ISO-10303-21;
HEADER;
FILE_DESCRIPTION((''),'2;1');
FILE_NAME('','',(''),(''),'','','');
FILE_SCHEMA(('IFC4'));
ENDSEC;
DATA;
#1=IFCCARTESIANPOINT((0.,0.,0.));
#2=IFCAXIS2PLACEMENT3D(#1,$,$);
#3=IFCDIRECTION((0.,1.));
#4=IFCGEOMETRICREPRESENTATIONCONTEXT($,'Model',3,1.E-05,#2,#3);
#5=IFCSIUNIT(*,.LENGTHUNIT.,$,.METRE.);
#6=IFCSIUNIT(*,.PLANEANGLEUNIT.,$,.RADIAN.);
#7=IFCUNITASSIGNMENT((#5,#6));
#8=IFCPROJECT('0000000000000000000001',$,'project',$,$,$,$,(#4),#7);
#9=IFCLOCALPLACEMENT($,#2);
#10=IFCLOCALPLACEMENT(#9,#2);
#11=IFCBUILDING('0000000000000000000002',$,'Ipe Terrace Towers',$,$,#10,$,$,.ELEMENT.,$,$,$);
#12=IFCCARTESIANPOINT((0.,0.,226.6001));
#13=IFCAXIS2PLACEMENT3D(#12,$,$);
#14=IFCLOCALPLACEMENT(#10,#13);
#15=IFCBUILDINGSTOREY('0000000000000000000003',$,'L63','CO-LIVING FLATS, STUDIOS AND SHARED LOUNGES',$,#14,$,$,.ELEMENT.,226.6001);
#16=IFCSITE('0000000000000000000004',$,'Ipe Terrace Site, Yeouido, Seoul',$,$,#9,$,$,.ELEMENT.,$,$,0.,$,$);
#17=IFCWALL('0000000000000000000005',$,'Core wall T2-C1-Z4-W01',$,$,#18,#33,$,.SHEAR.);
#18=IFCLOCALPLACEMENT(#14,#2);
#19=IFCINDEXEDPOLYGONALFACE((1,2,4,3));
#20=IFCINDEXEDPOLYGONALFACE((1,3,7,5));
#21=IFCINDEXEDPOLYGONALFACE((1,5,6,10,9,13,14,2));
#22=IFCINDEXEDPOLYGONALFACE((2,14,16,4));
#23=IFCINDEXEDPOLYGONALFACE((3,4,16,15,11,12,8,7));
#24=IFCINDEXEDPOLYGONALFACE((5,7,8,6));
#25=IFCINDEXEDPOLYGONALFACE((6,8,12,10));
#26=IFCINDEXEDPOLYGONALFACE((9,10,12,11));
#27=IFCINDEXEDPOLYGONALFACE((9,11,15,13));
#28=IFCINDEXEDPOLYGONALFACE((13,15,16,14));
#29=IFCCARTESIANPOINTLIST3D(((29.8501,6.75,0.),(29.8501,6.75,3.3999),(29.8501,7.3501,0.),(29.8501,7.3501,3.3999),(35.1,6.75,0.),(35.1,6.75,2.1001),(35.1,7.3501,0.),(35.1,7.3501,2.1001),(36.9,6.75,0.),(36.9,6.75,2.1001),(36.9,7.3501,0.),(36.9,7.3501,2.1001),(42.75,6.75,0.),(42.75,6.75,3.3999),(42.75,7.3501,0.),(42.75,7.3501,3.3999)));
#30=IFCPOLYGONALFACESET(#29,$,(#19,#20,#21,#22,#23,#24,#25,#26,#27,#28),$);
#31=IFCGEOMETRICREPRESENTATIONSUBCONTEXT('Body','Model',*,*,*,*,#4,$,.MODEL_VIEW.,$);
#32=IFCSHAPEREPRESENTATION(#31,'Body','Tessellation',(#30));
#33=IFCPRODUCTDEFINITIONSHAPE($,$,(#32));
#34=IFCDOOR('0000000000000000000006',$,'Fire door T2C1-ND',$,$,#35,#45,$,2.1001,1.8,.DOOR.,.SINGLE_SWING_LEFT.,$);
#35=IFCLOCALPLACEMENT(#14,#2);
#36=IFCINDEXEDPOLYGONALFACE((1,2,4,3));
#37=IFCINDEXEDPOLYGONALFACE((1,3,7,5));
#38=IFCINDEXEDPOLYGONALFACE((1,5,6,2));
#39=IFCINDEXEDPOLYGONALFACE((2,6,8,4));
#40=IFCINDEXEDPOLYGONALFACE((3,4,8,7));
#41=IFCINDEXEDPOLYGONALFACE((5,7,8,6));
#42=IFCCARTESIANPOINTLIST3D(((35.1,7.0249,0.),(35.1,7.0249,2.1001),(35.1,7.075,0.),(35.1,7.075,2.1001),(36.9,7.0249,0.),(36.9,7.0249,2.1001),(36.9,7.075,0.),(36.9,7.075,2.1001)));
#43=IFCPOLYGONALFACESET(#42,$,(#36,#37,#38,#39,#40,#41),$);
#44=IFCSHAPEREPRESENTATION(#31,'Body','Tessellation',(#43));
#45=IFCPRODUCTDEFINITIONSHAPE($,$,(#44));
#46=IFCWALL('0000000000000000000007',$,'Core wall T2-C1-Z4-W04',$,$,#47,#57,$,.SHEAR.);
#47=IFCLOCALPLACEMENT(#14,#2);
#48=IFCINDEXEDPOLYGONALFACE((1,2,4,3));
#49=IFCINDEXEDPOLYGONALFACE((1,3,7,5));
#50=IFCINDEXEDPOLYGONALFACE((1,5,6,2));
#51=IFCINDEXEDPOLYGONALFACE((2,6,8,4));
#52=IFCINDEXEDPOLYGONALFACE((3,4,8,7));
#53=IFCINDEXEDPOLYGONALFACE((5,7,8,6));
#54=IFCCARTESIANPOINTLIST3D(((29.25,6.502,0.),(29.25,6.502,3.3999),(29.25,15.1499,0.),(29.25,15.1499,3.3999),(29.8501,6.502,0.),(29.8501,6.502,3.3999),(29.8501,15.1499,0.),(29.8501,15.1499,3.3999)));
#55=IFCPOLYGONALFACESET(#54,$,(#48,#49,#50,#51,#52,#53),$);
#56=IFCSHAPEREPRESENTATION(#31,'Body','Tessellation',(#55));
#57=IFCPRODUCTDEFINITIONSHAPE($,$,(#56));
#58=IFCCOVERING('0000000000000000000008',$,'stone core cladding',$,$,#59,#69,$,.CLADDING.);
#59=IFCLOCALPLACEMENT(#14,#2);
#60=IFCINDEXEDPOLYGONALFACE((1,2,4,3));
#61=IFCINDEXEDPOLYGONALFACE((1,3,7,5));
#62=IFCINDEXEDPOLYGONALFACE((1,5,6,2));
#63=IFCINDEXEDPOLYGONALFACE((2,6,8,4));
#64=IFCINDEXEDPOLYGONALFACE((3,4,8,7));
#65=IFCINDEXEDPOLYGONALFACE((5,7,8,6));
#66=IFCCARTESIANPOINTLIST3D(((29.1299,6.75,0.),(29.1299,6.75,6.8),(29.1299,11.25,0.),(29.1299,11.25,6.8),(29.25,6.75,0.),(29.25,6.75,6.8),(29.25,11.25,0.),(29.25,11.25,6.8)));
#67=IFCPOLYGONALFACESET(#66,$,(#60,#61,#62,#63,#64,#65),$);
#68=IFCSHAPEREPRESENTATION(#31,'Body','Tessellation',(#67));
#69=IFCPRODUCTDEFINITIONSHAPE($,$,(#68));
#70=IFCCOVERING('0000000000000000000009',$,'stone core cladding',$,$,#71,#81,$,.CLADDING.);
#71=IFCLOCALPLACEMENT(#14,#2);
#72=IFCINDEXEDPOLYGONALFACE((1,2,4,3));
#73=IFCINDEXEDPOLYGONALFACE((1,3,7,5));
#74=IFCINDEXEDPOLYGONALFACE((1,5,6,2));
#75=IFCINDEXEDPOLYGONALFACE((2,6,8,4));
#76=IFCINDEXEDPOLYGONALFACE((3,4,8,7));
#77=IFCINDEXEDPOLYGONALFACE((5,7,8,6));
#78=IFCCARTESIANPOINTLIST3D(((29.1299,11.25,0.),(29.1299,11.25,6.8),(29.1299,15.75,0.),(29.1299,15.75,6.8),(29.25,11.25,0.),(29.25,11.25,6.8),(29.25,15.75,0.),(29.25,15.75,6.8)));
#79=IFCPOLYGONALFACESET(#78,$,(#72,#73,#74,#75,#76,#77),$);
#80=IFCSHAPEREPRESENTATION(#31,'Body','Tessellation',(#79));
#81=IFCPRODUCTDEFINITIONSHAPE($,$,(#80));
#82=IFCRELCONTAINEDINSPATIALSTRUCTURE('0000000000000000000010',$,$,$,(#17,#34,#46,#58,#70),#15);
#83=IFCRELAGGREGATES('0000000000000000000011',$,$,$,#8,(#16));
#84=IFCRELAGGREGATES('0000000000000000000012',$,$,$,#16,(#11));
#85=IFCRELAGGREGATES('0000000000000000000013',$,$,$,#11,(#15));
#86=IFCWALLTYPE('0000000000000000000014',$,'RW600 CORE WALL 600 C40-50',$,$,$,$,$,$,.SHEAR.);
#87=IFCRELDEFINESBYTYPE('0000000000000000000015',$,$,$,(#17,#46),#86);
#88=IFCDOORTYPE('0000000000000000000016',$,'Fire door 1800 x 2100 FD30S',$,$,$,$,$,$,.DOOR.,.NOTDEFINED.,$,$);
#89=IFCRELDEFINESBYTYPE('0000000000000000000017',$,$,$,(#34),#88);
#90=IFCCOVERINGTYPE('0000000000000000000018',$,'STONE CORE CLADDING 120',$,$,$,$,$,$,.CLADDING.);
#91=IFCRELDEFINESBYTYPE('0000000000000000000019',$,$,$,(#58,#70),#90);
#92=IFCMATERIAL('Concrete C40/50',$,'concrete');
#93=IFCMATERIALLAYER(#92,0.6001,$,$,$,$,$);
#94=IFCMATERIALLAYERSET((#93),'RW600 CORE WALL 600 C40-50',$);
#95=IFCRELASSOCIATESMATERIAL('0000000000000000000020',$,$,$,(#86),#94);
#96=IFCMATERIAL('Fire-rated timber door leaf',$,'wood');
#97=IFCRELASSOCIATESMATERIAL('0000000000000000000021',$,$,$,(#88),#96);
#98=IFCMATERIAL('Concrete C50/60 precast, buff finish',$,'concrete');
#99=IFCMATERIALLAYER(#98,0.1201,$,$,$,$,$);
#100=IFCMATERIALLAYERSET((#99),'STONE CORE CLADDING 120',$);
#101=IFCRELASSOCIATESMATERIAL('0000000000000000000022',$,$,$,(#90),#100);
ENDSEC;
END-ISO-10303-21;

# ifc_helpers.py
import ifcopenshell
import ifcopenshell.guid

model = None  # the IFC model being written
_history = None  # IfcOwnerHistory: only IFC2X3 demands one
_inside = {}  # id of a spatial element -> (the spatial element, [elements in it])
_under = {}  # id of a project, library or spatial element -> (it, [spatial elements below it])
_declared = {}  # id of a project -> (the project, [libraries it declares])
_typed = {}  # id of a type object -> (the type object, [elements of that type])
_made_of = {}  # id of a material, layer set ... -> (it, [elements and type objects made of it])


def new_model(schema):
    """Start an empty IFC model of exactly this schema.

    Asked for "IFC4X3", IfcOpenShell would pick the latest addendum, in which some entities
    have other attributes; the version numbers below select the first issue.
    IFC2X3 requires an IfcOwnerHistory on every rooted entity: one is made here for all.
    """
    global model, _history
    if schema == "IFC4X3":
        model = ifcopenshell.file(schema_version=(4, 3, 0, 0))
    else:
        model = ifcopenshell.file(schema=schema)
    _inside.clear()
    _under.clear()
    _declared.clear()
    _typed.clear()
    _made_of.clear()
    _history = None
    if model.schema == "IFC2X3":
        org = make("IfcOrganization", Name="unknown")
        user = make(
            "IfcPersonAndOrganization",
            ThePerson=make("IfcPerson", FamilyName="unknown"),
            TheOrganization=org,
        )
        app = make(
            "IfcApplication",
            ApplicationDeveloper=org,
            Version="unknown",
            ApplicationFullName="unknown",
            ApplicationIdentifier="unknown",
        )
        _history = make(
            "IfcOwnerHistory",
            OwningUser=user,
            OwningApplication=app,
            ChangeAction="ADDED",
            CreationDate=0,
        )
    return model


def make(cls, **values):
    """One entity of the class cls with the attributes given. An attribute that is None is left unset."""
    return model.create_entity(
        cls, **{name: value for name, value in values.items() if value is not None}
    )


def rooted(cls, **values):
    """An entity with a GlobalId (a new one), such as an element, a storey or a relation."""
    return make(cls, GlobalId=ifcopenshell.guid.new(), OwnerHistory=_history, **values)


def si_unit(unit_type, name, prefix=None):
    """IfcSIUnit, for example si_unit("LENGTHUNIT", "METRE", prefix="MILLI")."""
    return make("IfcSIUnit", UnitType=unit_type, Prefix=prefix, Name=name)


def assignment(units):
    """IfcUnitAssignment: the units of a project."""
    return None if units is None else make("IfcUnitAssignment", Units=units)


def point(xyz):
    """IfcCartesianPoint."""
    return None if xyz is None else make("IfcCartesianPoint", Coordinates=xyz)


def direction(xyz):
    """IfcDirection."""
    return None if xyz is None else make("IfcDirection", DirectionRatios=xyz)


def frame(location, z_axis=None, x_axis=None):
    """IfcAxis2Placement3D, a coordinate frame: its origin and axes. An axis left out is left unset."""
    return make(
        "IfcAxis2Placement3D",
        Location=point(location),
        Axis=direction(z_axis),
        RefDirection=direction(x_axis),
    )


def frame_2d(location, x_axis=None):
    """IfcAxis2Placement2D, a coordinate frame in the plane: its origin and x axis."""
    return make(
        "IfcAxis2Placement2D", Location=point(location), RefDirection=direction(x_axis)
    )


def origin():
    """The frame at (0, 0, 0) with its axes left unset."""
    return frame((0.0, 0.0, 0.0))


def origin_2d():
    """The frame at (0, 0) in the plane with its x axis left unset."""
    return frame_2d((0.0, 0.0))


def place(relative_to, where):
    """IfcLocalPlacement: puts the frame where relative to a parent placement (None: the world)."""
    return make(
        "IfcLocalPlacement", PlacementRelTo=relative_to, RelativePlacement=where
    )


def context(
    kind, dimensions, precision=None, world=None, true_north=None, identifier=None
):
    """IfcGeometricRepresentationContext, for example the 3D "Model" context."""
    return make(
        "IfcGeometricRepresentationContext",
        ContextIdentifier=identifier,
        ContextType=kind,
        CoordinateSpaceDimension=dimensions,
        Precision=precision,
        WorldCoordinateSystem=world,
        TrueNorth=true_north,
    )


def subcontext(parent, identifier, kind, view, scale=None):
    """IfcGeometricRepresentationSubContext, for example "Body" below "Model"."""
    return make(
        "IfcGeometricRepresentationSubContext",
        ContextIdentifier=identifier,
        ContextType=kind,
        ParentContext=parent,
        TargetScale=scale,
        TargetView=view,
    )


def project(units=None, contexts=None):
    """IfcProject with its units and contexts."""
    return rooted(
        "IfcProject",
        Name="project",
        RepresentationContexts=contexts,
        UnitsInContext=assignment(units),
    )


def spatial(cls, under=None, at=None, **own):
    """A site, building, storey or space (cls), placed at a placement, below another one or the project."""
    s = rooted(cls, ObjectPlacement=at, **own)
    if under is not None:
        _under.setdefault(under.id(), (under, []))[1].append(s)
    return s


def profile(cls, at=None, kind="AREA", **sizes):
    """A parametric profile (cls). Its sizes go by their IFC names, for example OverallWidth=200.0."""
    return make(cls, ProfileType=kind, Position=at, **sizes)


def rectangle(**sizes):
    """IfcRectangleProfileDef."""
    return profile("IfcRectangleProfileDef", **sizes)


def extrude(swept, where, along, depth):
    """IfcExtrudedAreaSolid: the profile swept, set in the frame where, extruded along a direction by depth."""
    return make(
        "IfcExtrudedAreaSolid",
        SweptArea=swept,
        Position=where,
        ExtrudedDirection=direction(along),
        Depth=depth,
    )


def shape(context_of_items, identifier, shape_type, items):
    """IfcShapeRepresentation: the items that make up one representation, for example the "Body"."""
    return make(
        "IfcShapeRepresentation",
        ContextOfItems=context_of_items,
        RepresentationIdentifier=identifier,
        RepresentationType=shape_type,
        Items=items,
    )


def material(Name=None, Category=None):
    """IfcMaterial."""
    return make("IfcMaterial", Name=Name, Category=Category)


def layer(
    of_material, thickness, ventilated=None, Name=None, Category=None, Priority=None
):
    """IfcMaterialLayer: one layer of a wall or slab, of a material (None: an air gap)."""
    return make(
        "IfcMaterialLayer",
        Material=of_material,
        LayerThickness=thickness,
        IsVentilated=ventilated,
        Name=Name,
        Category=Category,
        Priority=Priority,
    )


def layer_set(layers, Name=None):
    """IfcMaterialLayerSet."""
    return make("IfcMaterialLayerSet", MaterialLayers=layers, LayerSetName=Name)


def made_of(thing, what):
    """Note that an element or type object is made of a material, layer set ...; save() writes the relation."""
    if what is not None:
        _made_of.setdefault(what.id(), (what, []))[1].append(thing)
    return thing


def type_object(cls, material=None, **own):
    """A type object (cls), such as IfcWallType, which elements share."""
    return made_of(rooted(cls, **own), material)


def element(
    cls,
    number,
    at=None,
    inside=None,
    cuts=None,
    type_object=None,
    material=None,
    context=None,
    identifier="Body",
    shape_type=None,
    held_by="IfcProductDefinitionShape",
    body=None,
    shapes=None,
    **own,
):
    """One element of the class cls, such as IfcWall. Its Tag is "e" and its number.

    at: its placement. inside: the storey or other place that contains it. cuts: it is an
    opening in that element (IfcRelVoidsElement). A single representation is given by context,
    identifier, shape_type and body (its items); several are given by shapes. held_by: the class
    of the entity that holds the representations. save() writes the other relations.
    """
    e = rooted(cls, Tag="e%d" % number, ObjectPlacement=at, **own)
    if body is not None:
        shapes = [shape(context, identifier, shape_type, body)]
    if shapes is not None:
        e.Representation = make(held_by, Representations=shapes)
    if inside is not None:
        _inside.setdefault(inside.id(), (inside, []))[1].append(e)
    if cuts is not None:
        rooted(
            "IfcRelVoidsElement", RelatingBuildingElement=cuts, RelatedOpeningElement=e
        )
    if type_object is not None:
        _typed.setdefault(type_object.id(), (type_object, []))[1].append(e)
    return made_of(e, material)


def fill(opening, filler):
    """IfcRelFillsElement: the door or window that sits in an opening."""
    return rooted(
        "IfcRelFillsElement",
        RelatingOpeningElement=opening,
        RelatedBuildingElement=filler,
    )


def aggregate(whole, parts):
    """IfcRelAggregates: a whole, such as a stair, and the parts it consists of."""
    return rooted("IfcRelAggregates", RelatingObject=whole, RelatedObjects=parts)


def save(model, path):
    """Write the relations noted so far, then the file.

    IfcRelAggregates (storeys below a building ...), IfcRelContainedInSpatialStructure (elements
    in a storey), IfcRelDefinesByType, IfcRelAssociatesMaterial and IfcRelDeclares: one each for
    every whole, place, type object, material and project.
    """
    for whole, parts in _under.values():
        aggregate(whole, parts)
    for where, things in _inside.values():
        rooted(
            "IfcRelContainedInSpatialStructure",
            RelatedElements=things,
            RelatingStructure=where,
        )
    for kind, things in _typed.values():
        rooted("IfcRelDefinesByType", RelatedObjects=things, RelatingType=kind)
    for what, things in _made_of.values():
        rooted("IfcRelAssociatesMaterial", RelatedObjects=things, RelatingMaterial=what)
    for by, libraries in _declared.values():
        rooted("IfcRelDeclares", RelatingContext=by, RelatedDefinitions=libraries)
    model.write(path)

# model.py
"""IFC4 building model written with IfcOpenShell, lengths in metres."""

from ifc_helpers import new_model, si_unit, direction, frame, frame_2d, origin, origin_2d, place, context, subcontext, project, spatial, rectangle, extrude, material, layer, layer_set, type_object, element, fill, save


model = new_model("IFC4")

# Units and contexts
model_context = context("Model", 3, precision=1e-05, world=origin(), true_north=direction((0.0, 1.0)))
body_context = subcontext(model_context, "Body", "Model", "MODEL_VIEW")
ifc_project = project(units=[si_unit("LENGTHUNIT", "METRE"), si_unit("PLANEANGLEUNIT", "RADIAN")], contexts=[model_context])

# Site, building, storey
site_placement = place(None, origin())
site = spatial("IfcSite", under=ifc_project, at=site_placement, Name="Ipe Terrace Site, Yeouido, Seoul", CompositionType="ELEMENT", RefElevation=0.0)
building_placement = place(site_placement, origin())
building = spatial("IfcBuilding", under=site, at=building_placement, Name="Ipe Terrace Towers", CompositionType="ELEMENT")
storey_placement = place(building_placement, frame((0.0, 0.0, 226.6001)))
storey = spatial("IfcBuildingStorey", under=building, at=storey_placement, Name="L63", Description="CO-LIVING FLATS, STUDIOS AND SHARED LOUNGES", CompositionType="ELEMENT", Elevation=226.6001)

# Wall, opening, door
ifc_material_1 = material(Name="Concrete C40/50", Category="concrete")
ifc_layer_1 = layer(ifc_material_1, 0.6001)
ifc_layer_set_1 = layer_set([ifc_layer_1], Name="RW600 CORE WALL 600 C40-50")
wall_type_1 = type_object("IfcWallType", Name="RW600 CORE WALL 600 C40-50", PredefinedType="SHEAR", material=ifc_layer_set_1)
wall_1_placement = place(storey_placement, frame((29.8501, 7.05, 0.0), z_axis=(0.0, 0.0, 1.0), x_axis=(1.0, 0.0, 0.0)))
wall_1 = element("IfcWall", 1, at=wall_1_placement, inside=storey, type_object=wall_type_1, Name="Core wall T2-C1-Z4-W01", PredefinedType="SHEAR", context=body_context, shape_type="SweptSolid", body=[
    extrude(rectangle(XDim=12.8999, YDim=0.6001, at=frame_2d((6.45, 0.0))), origin(), (0.0, 0.0, 1.0), 3.3999),
])
opening_1_placement = place(wall_1_placement, frame((5.25, 0.0, 0.0)))
opening_1 = element("IfcOpeningElement", 2, at=opening_1_placement, cuts=wall_1, PredefinedType="OPENING", context=body_context, shape_type="SweptSolid", body=[
    extrude(rectangle(XDim=1.8, YDim=2.1001, at=frame_2d((0.8999, 1.05))), frame((0.0, 0.3101, 0.0), z_axis=(0.0, -1.0, 0.0), x_axis=(1.0, 0.0, 0.0)), (0.0, 0.0, 1.0), 0.6201),
])
ifc_material_2 = material(Name="Fire-rated timber door leaf", Category="wood")
door_type_1 = type_object("IfcDoorType", Name="Fire door 1800 x 2100 FD30S", OperationType="NOTDEFINED", PredefinedType="DOOR", material=ifc_material_2)
door_1_placement = place(opening_1_placement, origin())
door_1 = element("IfcDoor", 3, at=door_1_placement, inside=storey, type_object=door_type_1, Name="Fire door T2C1-ND", OperationType="SINGLE_SWING_LEFT", OverallHeight=2.1001, OverallWidth=1.8, PredefinedType="DOOR", context=body_context, shape_type="SweptSolid", body=[
    extrude(rectangle(XDim=1.8, YDim=2.1001, at=frame_2d((0.8999, 1.05))), frame((0.0, 0.0249, 0.0), z_axis=(0.0, -1.0, 0.0), x_axis=(1.0, 0.0, 0.0)), (0.0, 0.0, 1.0), 0.05),
])
fill(opening_1, door_1)

# Wall
wall_2_placement = place(storey_placement, frame((29.55, 15.1499, 0.0), z_axis=(0.0, 0.0, 1.0), x_axis=(0.0, -1.0, 0.0)))
element("IfcWall", 4, at=wall_2_placement, inside=storey, type_object=wall_type_1, Name="Core wall T2-C1-Z4-W04", PredefinedType="SHEAR", context=body_context, shape_type="SweptSolid", body=[
    extrude(rectangle(XDim=8.6479, YDim=0.6001, at=frame_2d((4.324, 0.0))), origin(), (0.0, 0.0, 1.0), 3.3999),
])

# Coverings
ifc_material_3 = material(Name="Concrete C50/60 precast, buff finish", Category="concrete")
ifc_layer_2 = layer(ifc_material_3, 0.1201)
ifc_layer_set_2 = layer_set([ifc_layer_2], Name="STONE CORE CLADDING 120")
covering_type = type_object("IfcCoveringType", Name="STONE CORE CLADDING 120", PredefinedType="CLADDING", material=ifc_layer_set_2)
for number, where, z_axis, x_axis, name in (
    (5, (29.1899, 9.0, 0.0), (0.0, 0.0, 1.0), (0.0, -1.0, 0.0), "stone core cladding"),
    (6, (29.1899, 13.5, 0.0), (0.0, 0.0, 1.0), (0.0, -1.0, 0.0), "stone core cladding"),
):
    element("IfcCovering", number, at=place(storey_placement, frame(where, z_axis=z_axis, x_axis=x_axis)), inside=storey, type_object=covering_type, Name=name, PredefinedType="CLADDING", context=body_context, shape_type="SweptSolid", body=[
        extrude(rectangle(XDim=4.5, YDim=0.1201, at=origin_2d()), origin(), (0.0, 0.0, 1.0), 6.8),
    ])

save(model, "model.ifc")
